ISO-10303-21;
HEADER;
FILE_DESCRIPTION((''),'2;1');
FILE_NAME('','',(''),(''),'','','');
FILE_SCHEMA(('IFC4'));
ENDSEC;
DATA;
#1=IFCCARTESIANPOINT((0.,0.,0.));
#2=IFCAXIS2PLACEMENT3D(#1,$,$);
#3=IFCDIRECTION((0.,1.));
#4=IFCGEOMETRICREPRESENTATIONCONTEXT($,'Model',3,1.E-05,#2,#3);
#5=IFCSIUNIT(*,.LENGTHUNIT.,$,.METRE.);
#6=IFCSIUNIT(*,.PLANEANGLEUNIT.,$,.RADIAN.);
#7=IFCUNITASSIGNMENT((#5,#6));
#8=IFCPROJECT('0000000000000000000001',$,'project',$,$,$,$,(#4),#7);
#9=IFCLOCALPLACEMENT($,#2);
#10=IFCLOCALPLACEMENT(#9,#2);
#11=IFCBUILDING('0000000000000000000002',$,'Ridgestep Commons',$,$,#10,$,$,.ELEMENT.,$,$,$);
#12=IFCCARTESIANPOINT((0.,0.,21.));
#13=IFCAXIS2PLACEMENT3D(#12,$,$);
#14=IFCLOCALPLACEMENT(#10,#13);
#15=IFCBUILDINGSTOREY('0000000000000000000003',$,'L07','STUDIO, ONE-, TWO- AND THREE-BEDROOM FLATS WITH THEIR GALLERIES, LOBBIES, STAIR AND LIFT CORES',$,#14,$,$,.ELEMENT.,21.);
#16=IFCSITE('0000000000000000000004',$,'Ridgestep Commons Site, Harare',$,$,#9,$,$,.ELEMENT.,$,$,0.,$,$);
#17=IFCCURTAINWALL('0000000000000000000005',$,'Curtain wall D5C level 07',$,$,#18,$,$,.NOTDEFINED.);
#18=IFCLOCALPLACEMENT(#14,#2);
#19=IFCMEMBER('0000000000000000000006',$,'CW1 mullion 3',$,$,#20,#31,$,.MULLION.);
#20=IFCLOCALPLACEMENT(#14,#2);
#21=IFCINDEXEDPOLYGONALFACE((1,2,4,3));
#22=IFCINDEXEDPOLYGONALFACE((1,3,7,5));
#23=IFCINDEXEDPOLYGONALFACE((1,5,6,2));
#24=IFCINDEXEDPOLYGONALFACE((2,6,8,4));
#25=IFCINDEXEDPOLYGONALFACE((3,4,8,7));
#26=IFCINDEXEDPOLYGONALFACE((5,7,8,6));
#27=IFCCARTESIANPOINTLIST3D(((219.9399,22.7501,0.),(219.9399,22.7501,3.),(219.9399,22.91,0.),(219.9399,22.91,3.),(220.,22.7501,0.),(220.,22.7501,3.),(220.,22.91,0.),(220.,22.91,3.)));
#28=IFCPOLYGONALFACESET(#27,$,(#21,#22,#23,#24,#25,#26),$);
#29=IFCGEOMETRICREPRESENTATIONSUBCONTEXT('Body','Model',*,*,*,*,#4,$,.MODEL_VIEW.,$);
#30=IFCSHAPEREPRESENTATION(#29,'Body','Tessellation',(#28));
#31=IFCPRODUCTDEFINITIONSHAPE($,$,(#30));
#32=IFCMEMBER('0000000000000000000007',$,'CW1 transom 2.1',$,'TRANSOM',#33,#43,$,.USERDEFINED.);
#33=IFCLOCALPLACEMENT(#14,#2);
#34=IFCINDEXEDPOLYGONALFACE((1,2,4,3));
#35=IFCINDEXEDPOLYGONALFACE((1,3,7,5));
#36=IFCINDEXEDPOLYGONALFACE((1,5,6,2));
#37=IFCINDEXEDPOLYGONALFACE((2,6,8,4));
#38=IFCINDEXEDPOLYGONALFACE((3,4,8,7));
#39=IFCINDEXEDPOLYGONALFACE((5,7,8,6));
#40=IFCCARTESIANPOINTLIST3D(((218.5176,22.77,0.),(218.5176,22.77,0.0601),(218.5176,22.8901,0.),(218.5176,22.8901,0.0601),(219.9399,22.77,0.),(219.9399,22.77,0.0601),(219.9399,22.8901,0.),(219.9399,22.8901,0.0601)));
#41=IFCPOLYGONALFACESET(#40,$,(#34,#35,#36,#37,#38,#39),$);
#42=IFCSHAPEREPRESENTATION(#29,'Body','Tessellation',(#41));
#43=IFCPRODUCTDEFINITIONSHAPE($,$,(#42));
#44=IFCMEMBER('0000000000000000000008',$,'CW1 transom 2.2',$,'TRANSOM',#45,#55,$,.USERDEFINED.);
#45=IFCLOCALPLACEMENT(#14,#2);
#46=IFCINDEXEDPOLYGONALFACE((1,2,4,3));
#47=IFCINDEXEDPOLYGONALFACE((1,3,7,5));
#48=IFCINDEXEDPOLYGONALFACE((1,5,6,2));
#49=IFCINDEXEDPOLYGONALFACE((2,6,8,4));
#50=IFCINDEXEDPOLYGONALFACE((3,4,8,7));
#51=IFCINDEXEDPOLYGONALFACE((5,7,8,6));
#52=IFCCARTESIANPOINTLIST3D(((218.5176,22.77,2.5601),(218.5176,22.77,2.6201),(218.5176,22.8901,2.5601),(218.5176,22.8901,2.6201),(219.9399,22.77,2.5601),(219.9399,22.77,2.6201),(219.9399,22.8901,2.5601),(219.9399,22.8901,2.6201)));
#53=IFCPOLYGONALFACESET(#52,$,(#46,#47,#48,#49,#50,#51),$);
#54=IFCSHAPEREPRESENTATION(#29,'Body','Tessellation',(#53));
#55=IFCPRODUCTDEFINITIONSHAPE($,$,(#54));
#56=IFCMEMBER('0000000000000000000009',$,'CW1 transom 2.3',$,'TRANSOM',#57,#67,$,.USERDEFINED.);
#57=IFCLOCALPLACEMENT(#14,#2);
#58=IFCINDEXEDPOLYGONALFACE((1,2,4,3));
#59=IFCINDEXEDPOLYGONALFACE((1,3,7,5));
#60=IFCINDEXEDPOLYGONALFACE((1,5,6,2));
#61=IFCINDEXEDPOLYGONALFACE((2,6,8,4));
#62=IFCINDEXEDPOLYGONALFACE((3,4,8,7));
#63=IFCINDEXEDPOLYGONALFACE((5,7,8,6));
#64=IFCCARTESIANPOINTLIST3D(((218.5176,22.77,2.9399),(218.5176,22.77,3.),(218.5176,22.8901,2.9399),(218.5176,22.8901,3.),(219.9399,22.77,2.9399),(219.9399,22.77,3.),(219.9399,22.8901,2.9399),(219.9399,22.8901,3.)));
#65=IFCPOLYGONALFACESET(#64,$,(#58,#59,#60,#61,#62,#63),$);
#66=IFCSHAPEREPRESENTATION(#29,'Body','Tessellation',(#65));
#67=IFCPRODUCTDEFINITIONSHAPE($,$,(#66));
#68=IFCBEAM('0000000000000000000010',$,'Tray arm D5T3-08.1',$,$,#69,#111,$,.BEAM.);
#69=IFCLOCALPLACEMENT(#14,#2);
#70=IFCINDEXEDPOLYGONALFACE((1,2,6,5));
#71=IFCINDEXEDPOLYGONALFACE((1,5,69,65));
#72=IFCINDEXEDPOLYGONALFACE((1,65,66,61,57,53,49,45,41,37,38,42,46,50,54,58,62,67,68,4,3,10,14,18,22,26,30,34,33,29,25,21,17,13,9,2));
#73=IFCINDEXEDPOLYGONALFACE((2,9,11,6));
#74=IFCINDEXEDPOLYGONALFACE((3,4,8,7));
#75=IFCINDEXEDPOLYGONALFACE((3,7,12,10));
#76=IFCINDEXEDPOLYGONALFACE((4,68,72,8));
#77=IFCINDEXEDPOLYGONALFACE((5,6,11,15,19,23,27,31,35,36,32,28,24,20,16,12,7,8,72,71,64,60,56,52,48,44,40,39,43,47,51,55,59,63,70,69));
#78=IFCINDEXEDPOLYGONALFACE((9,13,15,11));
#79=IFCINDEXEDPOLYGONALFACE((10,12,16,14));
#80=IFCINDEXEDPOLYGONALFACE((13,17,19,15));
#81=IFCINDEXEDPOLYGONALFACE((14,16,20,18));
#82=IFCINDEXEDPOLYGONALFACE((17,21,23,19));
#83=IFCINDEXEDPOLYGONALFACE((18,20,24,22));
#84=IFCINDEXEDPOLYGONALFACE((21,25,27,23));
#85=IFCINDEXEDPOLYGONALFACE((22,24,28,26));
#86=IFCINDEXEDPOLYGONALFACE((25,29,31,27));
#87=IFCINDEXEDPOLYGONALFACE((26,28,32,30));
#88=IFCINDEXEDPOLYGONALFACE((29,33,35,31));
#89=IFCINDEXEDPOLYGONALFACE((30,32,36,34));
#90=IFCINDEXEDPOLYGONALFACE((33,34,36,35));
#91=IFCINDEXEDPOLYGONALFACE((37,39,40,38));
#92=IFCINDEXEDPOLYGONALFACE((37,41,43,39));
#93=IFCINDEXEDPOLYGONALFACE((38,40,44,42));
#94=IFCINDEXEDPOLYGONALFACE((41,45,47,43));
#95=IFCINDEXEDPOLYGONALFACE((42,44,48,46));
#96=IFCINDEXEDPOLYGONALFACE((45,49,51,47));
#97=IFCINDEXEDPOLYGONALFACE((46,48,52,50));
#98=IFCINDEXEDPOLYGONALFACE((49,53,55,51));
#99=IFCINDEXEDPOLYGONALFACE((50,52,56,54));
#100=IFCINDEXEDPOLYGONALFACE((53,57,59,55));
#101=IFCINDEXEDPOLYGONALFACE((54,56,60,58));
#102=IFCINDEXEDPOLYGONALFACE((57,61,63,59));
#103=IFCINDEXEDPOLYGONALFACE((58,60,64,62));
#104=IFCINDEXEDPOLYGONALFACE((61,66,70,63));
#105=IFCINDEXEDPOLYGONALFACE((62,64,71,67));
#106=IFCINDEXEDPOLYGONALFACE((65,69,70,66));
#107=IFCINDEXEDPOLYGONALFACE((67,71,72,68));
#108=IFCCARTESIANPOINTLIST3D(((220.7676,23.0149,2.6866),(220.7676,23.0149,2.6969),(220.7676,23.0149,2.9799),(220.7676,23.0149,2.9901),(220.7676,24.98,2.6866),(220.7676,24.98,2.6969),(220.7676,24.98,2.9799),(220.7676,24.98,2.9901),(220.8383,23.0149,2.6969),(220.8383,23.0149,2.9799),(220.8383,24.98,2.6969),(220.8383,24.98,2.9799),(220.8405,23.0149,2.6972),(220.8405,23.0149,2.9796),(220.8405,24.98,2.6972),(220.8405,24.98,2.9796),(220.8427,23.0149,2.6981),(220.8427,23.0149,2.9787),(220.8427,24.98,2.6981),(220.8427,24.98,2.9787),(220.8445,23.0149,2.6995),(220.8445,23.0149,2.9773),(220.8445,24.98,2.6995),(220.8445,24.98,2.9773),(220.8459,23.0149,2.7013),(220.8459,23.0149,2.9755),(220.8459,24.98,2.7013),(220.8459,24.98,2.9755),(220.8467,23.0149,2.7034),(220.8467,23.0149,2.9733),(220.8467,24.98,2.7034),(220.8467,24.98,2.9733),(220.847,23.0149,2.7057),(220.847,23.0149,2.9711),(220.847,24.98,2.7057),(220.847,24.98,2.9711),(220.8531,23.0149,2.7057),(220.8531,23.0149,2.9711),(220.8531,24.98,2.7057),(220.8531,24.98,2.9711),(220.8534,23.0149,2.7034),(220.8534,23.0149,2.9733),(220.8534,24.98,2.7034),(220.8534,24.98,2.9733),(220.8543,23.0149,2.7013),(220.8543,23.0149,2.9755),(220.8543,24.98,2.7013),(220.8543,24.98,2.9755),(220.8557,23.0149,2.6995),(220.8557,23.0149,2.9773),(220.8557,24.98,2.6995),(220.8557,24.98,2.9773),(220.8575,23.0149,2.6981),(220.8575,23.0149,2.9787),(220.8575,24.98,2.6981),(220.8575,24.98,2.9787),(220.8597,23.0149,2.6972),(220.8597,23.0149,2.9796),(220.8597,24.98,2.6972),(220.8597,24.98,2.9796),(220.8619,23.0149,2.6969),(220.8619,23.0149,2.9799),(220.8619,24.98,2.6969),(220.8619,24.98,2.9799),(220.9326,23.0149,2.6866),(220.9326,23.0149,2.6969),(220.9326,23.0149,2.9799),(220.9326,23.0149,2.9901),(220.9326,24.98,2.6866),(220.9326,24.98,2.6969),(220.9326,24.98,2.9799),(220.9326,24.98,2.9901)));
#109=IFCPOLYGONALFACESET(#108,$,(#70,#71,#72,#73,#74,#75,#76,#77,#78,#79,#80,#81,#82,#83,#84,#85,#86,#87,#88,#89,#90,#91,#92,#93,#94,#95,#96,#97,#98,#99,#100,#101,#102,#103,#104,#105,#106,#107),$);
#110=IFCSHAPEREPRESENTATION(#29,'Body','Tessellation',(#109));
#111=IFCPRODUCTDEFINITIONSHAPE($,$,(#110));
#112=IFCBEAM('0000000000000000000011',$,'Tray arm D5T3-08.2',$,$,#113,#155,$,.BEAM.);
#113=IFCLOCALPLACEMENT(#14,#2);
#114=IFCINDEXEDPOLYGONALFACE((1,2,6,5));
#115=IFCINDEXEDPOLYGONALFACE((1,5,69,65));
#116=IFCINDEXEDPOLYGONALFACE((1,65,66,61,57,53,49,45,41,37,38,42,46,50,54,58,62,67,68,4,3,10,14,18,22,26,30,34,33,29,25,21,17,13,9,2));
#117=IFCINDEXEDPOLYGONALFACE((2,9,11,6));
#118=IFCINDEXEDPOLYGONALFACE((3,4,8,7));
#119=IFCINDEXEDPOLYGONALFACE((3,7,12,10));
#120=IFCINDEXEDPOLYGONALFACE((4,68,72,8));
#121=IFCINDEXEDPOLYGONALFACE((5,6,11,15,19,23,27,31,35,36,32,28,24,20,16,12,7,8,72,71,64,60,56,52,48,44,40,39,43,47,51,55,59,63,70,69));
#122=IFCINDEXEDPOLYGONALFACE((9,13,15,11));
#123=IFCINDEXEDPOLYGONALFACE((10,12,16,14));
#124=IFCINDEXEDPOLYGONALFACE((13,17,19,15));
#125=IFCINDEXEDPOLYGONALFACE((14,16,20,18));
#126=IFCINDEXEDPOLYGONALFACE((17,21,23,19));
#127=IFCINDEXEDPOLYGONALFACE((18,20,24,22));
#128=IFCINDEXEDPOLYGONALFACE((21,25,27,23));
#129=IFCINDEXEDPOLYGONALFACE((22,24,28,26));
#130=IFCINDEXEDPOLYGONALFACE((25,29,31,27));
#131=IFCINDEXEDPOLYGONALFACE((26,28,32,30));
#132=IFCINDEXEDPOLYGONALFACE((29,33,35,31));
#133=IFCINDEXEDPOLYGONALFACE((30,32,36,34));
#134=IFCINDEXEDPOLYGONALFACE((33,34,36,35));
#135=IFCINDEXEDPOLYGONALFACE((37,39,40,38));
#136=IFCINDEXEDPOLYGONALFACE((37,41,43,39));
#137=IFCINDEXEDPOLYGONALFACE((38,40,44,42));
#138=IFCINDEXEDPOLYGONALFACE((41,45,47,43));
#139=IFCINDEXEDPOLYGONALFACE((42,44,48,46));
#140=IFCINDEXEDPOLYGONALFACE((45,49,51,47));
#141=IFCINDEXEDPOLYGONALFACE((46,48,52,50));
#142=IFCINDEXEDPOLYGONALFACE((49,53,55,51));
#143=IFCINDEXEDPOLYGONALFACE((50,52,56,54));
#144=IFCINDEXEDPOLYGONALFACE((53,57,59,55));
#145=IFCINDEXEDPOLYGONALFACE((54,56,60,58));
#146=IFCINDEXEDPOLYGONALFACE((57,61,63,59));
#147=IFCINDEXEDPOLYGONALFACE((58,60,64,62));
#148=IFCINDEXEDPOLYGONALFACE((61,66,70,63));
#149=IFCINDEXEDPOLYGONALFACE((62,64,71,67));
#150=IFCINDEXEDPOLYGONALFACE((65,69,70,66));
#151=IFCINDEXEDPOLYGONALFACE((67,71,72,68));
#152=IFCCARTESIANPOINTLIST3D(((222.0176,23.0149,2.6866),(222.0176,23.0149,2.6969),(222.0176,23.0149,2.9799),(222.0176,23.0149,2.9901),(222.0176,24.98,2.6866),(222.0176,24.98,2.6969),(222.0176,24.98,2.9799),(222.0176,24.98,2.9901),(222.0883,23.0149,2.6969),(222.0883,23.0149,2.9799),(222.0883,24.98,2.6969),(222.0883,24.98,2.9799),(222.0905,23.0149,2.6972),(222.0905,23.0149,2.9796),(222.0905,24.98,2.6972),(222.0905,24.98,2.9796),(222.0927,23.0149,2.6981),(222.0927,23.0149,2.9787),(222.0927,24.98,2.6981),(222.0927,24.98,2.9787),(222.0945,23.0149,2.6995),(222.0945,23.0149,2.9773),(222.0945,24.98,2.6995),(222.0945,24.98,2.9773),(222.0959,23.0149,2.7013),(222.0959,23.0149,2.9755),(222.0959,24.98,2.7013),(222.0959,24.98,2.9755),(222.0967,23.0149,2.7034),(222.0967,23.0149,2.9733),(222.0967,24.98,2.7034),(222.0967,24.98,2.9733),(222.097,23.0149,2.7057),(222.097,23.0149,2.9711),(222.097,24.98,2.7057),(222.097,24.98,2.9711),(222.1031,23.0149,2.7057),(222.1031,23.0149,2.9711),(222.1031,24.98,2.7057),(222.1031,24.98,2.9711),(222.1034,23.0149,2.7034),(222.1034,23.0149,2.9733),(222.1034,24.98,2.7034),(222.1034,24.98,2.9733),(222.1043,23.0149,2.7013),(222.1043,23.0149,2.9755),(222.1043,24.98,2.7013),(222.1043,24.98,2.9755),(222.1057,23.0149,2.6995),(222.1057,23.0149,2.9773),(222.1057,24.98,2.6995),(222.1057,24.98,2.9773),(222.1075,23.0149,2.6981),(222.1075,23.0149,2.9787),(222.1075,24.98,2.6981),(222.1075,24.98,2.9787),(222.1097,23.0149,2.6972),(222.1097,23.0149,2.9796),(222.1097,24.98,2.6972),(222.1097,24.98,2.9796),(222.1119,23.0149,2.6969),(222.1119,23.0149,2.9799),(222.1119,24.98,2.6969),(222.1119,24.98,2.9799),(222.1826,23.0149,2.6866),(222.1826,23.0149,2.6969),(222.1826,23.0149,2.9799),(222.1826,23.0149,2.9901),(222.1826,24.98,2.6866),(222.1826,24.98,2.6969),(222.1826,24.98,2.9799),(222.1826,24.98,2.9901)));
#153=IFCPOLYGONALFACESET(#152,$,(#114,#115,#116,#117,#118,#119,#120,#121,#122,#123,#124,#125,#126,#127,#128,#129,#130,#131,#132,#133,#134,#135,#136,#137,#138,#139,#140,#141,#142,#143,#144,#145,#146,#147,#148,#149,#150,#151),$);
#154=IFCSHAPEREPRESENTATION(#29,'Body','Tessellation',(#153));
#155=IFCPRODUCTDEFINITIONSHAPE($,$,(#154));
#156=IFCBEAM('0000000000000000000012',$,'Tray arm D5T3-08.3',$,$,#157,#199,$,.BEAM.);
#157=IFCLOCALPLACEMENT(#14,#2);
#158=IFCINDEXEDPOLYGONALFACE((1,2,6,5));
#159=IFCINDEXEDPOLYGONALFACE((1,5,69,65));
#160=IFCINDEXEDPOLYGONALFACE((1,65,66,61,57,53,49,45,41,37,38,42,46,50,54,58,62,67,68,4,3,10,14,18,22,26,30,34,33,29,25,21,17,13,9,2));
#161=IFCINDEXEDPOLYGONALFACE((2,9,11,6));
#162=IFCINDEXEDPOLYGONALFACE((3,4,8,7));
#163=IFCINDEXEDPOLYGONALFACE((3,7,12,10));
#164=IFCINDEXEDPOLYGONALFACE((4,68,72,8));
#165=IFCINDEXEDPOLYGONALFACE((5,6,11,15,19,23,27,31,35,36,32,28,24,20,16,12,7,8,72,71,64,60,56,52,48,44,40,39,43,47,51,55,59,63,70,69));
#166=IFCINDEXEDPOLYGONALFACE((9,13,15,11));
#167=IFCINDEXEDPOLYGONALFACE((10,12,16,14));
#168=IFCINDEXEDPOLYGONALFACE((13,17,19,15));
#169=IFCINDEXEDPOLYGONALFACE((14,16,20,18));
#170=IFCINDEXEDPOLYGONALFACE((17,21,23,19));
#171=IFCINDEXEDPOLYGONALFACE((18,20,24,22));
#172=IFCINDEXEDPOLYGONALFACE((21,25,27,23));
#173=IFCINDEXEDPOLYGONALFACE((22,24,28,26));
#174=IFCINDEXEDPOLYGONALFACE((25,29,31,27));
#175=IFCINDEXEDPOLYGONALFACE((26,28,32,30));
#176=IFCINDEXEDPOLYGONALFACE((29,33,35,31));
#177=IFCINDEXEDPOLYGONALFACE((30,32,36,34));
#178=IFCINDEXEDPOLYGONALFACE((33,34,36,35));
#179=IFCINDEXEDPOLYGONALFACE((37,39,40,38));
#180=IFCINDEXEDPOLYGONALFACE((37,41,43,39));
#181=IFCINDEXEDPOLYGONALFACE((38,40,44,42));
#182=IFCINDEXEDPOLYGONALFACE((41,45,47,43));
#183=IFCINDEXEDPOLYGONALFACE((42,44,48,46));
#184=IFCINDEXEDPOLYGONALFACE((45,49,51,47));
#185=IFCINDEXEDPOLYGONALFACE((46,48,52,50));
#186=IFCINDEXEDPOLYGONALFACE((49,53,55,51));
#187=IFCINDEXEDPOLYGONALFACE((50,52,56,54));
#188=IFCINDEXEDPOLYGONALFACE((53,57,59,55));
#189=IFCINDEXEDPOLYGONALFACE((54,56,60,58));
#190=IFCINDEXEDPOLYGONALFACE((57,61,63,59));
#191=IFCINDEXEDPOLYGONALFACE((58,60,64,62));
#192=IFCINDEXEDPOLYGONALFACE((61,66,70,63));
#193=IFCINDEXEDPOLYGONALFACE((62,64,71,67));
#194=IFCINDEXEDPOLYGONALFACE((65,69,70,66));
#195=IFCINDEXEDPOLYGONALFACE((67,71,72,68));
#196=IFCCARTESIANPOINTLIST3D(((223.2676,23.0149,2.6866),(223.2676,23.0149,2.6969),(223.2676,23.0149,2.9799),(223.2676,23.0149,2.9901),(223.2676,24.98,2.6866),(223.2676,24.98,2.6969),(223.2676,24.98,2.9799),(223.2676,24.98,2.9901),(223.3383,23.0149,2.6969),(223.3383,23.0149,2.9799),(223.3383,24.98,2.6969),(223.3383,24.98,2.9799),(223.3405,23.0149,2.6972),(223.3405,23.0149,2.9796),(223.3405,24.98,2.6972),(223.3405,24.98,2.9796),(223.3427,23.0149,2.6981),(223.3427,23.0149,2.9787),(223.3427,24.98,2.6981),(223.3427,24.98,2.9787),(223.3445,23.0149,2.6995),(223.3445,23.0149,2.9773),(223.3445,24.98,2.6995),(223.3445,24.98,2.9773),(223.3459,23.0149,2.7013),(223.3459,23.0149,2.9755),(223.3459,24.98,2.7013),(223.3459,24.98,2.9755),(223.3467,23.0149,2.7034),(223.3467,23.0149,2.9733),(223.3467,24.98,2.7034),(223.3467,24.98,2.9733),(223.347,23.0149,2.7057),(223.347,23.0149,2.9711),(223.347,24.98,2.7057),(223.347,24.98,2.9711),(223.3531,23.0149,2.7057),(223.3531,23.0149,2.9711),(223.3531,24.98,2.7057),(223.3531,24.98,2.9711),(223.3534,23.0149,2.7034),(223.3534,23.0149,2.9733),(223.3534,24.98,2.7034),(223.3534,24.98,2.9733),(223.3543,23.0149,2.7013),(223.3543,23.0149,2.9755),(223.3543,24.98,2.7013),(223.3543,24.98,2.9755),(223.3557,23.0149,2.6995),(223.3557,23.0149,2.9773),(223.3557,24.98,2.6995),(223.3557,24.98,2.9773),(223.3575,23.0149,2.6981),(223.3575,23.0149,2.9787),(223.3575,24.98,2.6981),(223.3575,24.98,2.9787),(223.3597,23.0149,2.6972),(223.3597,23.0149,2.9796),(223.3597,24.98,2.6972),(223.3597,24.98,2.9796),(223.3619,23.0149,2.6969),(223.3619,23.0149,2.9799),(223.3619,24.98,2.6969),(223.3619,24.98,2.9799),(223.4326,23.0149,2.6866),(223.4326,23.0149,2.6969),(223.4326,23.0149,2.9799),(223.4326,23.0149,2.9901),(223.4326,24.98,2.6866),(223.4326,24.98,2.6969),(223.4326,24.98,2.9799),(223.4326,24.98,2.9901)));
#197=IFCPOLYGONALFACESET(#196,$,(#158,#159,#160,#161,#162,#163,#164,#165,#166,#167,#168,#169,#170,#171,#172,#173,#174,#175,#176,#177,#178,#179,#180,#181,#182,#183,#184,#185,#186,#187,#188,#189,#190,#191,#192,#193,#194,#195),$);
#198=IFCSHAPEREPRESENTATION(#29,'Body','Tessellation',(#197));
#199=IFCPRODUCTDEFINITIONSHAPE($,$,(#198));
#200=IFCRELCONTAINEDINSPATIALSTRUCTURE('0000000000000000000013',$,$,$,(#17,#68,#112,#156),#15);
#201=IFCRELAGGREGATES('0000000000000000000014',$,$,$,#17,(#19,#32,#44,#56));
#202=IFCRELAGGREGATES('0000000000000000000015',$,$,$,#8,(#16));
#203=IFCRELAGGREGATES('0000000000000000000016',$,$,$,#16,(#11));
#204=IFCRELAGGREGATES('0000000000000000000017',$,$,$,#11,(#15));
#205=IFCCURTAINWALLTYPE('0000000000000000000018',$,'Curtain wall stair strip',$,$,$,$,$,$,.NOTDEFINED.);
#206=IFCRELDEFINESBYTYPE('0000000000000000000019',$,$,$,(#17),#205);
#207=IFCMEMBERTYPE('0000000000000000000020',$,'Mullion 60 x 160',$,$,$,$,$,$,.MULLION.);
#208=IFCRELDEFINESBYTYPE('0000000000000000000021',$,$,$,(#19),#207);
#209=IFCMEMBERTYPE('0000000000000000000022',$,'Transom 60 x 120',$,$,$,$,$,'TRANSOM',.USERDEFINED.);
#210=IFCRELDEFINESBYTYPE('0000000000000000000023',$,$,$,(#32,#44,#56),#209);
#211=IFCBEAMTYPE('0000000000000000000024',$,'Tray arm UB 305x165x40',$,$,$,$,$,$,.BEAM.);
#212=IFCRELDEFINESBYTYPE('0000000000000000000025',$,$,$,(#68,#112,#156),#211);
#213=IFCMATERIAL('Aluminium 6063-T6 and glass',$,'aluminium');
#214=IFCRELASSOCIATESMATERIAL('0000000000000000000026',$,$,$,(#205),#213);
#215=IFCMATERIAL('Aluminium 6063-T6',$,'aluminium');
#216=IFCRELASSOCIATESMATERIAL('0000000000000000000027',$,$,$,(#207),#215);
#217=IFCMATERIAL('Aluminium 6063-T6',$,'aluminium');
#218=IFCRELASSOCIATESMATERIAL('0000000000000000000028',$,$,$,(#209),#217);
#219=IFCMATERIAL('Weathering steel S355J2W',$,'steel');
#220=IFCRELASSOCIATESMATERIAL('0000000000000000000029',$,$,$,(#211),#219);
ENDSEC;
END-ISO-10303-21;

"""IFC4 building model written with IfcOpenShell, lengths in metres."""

from ifc_helpers import new_model, si_unit, direction, frame, origin, origin_2d, place, context, subcontext, project, spatial, rectangle, i_section, extrude, material, material_profile, profile_set, type_object, element, aggregate, save


model = new_model("IFC4")

# Units and contexts
model_context = context("Model", 3, precision=1e-05, world=origin(), true_north=direction((0.0, 1.0)))
body_context = subcontext(model_context, "Body", "Model", "MODEL_VIEW")
ifc_project = project(units=[si_unit("LENGTHUNIT", "METRE"), si_unit("PLANEANGLEUNIT", "RADIAN")], contexts=[model_context])

# Site, building, storey
site_placement = place(None, origin())
site = spatial("IfcSite", under=ifc_project, at=site_placement, Name="Ridgestep Commons Site, Harare", CompositionType="ELEMENT", RefElevation=0.0)
building_placement = place(site_placement, origin())
building = spatial("IfcBuilding", under=site, at=building_placement, Name="Ridgestep Commons", CompositionType="ELEMENT")
storey_placement = place(building_placement, frame((0.0, 0.0, 21.0)))
storey = spatial("IfcBuildingStorey", under=building, at=storey_placement, Name="L07", Description="STUDIO, ONE-, TWO- AND THREE-BEDROOM FLATS WITH THEIR GALLERIES, LOBBIES, STAIR AND LIFT CORES", CompositionType="ELEMENT", Elevation=21.0)

# Curtain wall, members
ifc_material_1 = material(Name="Aluminium 6063-T6 and glass", Category="aluminium")
curtain_wall_type = type_object("IfcCurtainWallType", Name="Curtain wall stair strip", PredefinedType="NOTDEFINED", material=ifc_material_1)
curtain_wall_placement = place(storey_placement, origin())
curtain_wall = element("IfcCurtainWall", 1, at=curtain_wall_placement, inside=storey, type_object=curtain_wall_type, Name="Curtain wall D5C level 07", PredefinedType="NOTDEFINED")
ifc_material_2 = material(Name="Aluminium 6063-T6", Category="aluminium")
ifc_material_profile_1 = material_profile(ifc_material_2, rectangle(XDim=0.1599, YDim=0.0601, at=origin_2d()), Name="Mullion 60 x 160")
ifc_profile_set_1 = profile_set([ifc_material_profile_1], Name="Aluminium 6063-T6")
member_type_1 = type_object("IfcMemberType", Name="Mullion 60 x 160", PredefinedType="MULLION", material=ifc_profile_set_1)
member_1_placement = place(storey_placement, frame((219.97, 22.8301, 0.0), z_axis=(0.0, 0.0, 1.0), x_axis=(0.0, 1.0, 0.0)))
member_1 = element("IfcMember", 2, at=member_1_placement, type_object=member_type_1, Name="CW1 mullion 3", PredefinedType="MULLION", context=body_context, shape_type="SweptSolid", body=[
    extrude(rectangle(XDim=0.1599, YDim=0.0601, at=origin_2d()), origin(), (0.0, 0.0, 1.0), 3.0),
])
ifc_material_3 = material(Name="Aluminium 6063-T6", Category="aluminium")
ifc_material_profile_2 = material_profile(ifc_material_3, rectangle(XDim=0.1201, YDim=0.0601, at=origin_2d()), Name="Transom 60 x 120")
ifc_profile_set_2 = profile_set([ifc_material_profile_2], Name="Aluminium 6063-T6")
member_type_2 = type_object("IfcMemberType", Name="Transom 60 x 120", ElementType="TRANSOM", PredefinedType="USERDEFINED", material=ifc_profile_set_2)
member_2_placement = place(storey_placement, frame((218.5176, 22.8301, 0.03), z_axis=(1.0, 0.0, 0.0), x_axis=(0.0, 1.0, 0.0)))
member_2 = element("IfcMember", 3, at=member_2_placement, type_object=member_type_2, Name="CW1 transom 2.1", ObjectType="TRANSOM", PredefinedType="USERDEFINED", context=body_context, shape_type="SweptSolid", body=[
    extrude(rectangle(XDim=0.1201, YDim=0.0601, at=origin_2d()), origin(), (0.0, 0.0, 1.0), 1.4224),
])
member_3_placement = place(storey_placement, frame((218.5176, 22.8301, 2.5901), z_axis=(1.0, 0.0, 0.0), x_axis=(0.0, 1.0, 0.0)))
member_3 = element("IfcMember", 4, at=member_3_placement, type_object=member_type_2, Name="CW1 transom 2.2", ObjectType="TRANSOM", PredefinedType="USERDEFINED", context=body_context, shape_type="SweptSolid", body=[
    extrude(rectangle(XDim=0.1201, YDim=0.0601, at=origin_2d()), origin(), (0.0, 0.0, 1.0), 1.4224),
])
member_4_placement = place(storey_placement, frame((218.5176, 22.8301, 2.97), z_axis=(1.0, 0.0, 0.0), x_axis=(0.0, 1.0, 0.0)))
member_4 = element("IfcMember", 5, at=member_4_placement, type_object=member_type_2, Name="CW1 transom 2.3", ObjectType="TRANSOM", PredefinedType="USERDEFINED", context=body_context, shape_type="SweptSolid", body=[
    extrude(rectangle(XDim=0.1201, YDim=0.0601, at=origin_2d()), origin(), (0.0, 0.0, 1.0), 1.4224),
])

# Beams
ifc_material_4 = material(Name="Weathering steel S355J2W", Category="steel")
ifc_material_profile_3 = material_profile(ifc_material_4, i_section(OverallWidth=0.165, OverallDepth=0.3035, WebThickness=0.0061, FlangeThickness=0.0103, FilletRadius=0.0088, at=origin_2d()), Name="UB 305x165x40")
ifc_profile_set_3 = profile_set([ifc_material_profile_3], Name="Weathering steel S355J2W")
beam_type = type_object("IfcBeamType", Name="Tray arm UB 305x165x40", PredefinedType="BEAM", material=ifc_profile_set_3)
for number, where, z_axis, x_axis, name in (
    (6, (220.8501, 23.0149, 2.8384), (0.0, 1.0, 0.0), (-1.0, 0.0, 0.0), "Tray arm D5T3-08.1"),
    (7, (222.1001, 23.0149, 2.8384), (0.0, 1.0, 0.0), (-1.0, 0.0, 0.0), "Tray arm D5T3-08.2"),
    (8, (223.3501, 23.0149, 2.8384), (0.0, 1.0, 0.0), (-1.0, 0.0, 0.0), "Tray arm D5T3-08.3"),
):
    element("IfcBeam", number, at=place(storey_placement, frame(where, z_axis=z_axis, x_axis=x_axis)), inside=storey, type_object=beam_type, Name=name, PredefinedType="BEAM", context=body_context, shape_type="SweptSolid", body=[
        extrude(i_section(OverallWidth=0.165, OverallDepth=0.3035, WebThickness=0.0061, FlangeThickness=0.0103, FilletRadius=0.0088, at=origin_2d()), origin(), (0.0, 0.0, 1.0), 1.9651),
    ])

aggregate(curtain_wall, [member_1, member_2, member_3, member_4])

save(model, "model.ifc")
